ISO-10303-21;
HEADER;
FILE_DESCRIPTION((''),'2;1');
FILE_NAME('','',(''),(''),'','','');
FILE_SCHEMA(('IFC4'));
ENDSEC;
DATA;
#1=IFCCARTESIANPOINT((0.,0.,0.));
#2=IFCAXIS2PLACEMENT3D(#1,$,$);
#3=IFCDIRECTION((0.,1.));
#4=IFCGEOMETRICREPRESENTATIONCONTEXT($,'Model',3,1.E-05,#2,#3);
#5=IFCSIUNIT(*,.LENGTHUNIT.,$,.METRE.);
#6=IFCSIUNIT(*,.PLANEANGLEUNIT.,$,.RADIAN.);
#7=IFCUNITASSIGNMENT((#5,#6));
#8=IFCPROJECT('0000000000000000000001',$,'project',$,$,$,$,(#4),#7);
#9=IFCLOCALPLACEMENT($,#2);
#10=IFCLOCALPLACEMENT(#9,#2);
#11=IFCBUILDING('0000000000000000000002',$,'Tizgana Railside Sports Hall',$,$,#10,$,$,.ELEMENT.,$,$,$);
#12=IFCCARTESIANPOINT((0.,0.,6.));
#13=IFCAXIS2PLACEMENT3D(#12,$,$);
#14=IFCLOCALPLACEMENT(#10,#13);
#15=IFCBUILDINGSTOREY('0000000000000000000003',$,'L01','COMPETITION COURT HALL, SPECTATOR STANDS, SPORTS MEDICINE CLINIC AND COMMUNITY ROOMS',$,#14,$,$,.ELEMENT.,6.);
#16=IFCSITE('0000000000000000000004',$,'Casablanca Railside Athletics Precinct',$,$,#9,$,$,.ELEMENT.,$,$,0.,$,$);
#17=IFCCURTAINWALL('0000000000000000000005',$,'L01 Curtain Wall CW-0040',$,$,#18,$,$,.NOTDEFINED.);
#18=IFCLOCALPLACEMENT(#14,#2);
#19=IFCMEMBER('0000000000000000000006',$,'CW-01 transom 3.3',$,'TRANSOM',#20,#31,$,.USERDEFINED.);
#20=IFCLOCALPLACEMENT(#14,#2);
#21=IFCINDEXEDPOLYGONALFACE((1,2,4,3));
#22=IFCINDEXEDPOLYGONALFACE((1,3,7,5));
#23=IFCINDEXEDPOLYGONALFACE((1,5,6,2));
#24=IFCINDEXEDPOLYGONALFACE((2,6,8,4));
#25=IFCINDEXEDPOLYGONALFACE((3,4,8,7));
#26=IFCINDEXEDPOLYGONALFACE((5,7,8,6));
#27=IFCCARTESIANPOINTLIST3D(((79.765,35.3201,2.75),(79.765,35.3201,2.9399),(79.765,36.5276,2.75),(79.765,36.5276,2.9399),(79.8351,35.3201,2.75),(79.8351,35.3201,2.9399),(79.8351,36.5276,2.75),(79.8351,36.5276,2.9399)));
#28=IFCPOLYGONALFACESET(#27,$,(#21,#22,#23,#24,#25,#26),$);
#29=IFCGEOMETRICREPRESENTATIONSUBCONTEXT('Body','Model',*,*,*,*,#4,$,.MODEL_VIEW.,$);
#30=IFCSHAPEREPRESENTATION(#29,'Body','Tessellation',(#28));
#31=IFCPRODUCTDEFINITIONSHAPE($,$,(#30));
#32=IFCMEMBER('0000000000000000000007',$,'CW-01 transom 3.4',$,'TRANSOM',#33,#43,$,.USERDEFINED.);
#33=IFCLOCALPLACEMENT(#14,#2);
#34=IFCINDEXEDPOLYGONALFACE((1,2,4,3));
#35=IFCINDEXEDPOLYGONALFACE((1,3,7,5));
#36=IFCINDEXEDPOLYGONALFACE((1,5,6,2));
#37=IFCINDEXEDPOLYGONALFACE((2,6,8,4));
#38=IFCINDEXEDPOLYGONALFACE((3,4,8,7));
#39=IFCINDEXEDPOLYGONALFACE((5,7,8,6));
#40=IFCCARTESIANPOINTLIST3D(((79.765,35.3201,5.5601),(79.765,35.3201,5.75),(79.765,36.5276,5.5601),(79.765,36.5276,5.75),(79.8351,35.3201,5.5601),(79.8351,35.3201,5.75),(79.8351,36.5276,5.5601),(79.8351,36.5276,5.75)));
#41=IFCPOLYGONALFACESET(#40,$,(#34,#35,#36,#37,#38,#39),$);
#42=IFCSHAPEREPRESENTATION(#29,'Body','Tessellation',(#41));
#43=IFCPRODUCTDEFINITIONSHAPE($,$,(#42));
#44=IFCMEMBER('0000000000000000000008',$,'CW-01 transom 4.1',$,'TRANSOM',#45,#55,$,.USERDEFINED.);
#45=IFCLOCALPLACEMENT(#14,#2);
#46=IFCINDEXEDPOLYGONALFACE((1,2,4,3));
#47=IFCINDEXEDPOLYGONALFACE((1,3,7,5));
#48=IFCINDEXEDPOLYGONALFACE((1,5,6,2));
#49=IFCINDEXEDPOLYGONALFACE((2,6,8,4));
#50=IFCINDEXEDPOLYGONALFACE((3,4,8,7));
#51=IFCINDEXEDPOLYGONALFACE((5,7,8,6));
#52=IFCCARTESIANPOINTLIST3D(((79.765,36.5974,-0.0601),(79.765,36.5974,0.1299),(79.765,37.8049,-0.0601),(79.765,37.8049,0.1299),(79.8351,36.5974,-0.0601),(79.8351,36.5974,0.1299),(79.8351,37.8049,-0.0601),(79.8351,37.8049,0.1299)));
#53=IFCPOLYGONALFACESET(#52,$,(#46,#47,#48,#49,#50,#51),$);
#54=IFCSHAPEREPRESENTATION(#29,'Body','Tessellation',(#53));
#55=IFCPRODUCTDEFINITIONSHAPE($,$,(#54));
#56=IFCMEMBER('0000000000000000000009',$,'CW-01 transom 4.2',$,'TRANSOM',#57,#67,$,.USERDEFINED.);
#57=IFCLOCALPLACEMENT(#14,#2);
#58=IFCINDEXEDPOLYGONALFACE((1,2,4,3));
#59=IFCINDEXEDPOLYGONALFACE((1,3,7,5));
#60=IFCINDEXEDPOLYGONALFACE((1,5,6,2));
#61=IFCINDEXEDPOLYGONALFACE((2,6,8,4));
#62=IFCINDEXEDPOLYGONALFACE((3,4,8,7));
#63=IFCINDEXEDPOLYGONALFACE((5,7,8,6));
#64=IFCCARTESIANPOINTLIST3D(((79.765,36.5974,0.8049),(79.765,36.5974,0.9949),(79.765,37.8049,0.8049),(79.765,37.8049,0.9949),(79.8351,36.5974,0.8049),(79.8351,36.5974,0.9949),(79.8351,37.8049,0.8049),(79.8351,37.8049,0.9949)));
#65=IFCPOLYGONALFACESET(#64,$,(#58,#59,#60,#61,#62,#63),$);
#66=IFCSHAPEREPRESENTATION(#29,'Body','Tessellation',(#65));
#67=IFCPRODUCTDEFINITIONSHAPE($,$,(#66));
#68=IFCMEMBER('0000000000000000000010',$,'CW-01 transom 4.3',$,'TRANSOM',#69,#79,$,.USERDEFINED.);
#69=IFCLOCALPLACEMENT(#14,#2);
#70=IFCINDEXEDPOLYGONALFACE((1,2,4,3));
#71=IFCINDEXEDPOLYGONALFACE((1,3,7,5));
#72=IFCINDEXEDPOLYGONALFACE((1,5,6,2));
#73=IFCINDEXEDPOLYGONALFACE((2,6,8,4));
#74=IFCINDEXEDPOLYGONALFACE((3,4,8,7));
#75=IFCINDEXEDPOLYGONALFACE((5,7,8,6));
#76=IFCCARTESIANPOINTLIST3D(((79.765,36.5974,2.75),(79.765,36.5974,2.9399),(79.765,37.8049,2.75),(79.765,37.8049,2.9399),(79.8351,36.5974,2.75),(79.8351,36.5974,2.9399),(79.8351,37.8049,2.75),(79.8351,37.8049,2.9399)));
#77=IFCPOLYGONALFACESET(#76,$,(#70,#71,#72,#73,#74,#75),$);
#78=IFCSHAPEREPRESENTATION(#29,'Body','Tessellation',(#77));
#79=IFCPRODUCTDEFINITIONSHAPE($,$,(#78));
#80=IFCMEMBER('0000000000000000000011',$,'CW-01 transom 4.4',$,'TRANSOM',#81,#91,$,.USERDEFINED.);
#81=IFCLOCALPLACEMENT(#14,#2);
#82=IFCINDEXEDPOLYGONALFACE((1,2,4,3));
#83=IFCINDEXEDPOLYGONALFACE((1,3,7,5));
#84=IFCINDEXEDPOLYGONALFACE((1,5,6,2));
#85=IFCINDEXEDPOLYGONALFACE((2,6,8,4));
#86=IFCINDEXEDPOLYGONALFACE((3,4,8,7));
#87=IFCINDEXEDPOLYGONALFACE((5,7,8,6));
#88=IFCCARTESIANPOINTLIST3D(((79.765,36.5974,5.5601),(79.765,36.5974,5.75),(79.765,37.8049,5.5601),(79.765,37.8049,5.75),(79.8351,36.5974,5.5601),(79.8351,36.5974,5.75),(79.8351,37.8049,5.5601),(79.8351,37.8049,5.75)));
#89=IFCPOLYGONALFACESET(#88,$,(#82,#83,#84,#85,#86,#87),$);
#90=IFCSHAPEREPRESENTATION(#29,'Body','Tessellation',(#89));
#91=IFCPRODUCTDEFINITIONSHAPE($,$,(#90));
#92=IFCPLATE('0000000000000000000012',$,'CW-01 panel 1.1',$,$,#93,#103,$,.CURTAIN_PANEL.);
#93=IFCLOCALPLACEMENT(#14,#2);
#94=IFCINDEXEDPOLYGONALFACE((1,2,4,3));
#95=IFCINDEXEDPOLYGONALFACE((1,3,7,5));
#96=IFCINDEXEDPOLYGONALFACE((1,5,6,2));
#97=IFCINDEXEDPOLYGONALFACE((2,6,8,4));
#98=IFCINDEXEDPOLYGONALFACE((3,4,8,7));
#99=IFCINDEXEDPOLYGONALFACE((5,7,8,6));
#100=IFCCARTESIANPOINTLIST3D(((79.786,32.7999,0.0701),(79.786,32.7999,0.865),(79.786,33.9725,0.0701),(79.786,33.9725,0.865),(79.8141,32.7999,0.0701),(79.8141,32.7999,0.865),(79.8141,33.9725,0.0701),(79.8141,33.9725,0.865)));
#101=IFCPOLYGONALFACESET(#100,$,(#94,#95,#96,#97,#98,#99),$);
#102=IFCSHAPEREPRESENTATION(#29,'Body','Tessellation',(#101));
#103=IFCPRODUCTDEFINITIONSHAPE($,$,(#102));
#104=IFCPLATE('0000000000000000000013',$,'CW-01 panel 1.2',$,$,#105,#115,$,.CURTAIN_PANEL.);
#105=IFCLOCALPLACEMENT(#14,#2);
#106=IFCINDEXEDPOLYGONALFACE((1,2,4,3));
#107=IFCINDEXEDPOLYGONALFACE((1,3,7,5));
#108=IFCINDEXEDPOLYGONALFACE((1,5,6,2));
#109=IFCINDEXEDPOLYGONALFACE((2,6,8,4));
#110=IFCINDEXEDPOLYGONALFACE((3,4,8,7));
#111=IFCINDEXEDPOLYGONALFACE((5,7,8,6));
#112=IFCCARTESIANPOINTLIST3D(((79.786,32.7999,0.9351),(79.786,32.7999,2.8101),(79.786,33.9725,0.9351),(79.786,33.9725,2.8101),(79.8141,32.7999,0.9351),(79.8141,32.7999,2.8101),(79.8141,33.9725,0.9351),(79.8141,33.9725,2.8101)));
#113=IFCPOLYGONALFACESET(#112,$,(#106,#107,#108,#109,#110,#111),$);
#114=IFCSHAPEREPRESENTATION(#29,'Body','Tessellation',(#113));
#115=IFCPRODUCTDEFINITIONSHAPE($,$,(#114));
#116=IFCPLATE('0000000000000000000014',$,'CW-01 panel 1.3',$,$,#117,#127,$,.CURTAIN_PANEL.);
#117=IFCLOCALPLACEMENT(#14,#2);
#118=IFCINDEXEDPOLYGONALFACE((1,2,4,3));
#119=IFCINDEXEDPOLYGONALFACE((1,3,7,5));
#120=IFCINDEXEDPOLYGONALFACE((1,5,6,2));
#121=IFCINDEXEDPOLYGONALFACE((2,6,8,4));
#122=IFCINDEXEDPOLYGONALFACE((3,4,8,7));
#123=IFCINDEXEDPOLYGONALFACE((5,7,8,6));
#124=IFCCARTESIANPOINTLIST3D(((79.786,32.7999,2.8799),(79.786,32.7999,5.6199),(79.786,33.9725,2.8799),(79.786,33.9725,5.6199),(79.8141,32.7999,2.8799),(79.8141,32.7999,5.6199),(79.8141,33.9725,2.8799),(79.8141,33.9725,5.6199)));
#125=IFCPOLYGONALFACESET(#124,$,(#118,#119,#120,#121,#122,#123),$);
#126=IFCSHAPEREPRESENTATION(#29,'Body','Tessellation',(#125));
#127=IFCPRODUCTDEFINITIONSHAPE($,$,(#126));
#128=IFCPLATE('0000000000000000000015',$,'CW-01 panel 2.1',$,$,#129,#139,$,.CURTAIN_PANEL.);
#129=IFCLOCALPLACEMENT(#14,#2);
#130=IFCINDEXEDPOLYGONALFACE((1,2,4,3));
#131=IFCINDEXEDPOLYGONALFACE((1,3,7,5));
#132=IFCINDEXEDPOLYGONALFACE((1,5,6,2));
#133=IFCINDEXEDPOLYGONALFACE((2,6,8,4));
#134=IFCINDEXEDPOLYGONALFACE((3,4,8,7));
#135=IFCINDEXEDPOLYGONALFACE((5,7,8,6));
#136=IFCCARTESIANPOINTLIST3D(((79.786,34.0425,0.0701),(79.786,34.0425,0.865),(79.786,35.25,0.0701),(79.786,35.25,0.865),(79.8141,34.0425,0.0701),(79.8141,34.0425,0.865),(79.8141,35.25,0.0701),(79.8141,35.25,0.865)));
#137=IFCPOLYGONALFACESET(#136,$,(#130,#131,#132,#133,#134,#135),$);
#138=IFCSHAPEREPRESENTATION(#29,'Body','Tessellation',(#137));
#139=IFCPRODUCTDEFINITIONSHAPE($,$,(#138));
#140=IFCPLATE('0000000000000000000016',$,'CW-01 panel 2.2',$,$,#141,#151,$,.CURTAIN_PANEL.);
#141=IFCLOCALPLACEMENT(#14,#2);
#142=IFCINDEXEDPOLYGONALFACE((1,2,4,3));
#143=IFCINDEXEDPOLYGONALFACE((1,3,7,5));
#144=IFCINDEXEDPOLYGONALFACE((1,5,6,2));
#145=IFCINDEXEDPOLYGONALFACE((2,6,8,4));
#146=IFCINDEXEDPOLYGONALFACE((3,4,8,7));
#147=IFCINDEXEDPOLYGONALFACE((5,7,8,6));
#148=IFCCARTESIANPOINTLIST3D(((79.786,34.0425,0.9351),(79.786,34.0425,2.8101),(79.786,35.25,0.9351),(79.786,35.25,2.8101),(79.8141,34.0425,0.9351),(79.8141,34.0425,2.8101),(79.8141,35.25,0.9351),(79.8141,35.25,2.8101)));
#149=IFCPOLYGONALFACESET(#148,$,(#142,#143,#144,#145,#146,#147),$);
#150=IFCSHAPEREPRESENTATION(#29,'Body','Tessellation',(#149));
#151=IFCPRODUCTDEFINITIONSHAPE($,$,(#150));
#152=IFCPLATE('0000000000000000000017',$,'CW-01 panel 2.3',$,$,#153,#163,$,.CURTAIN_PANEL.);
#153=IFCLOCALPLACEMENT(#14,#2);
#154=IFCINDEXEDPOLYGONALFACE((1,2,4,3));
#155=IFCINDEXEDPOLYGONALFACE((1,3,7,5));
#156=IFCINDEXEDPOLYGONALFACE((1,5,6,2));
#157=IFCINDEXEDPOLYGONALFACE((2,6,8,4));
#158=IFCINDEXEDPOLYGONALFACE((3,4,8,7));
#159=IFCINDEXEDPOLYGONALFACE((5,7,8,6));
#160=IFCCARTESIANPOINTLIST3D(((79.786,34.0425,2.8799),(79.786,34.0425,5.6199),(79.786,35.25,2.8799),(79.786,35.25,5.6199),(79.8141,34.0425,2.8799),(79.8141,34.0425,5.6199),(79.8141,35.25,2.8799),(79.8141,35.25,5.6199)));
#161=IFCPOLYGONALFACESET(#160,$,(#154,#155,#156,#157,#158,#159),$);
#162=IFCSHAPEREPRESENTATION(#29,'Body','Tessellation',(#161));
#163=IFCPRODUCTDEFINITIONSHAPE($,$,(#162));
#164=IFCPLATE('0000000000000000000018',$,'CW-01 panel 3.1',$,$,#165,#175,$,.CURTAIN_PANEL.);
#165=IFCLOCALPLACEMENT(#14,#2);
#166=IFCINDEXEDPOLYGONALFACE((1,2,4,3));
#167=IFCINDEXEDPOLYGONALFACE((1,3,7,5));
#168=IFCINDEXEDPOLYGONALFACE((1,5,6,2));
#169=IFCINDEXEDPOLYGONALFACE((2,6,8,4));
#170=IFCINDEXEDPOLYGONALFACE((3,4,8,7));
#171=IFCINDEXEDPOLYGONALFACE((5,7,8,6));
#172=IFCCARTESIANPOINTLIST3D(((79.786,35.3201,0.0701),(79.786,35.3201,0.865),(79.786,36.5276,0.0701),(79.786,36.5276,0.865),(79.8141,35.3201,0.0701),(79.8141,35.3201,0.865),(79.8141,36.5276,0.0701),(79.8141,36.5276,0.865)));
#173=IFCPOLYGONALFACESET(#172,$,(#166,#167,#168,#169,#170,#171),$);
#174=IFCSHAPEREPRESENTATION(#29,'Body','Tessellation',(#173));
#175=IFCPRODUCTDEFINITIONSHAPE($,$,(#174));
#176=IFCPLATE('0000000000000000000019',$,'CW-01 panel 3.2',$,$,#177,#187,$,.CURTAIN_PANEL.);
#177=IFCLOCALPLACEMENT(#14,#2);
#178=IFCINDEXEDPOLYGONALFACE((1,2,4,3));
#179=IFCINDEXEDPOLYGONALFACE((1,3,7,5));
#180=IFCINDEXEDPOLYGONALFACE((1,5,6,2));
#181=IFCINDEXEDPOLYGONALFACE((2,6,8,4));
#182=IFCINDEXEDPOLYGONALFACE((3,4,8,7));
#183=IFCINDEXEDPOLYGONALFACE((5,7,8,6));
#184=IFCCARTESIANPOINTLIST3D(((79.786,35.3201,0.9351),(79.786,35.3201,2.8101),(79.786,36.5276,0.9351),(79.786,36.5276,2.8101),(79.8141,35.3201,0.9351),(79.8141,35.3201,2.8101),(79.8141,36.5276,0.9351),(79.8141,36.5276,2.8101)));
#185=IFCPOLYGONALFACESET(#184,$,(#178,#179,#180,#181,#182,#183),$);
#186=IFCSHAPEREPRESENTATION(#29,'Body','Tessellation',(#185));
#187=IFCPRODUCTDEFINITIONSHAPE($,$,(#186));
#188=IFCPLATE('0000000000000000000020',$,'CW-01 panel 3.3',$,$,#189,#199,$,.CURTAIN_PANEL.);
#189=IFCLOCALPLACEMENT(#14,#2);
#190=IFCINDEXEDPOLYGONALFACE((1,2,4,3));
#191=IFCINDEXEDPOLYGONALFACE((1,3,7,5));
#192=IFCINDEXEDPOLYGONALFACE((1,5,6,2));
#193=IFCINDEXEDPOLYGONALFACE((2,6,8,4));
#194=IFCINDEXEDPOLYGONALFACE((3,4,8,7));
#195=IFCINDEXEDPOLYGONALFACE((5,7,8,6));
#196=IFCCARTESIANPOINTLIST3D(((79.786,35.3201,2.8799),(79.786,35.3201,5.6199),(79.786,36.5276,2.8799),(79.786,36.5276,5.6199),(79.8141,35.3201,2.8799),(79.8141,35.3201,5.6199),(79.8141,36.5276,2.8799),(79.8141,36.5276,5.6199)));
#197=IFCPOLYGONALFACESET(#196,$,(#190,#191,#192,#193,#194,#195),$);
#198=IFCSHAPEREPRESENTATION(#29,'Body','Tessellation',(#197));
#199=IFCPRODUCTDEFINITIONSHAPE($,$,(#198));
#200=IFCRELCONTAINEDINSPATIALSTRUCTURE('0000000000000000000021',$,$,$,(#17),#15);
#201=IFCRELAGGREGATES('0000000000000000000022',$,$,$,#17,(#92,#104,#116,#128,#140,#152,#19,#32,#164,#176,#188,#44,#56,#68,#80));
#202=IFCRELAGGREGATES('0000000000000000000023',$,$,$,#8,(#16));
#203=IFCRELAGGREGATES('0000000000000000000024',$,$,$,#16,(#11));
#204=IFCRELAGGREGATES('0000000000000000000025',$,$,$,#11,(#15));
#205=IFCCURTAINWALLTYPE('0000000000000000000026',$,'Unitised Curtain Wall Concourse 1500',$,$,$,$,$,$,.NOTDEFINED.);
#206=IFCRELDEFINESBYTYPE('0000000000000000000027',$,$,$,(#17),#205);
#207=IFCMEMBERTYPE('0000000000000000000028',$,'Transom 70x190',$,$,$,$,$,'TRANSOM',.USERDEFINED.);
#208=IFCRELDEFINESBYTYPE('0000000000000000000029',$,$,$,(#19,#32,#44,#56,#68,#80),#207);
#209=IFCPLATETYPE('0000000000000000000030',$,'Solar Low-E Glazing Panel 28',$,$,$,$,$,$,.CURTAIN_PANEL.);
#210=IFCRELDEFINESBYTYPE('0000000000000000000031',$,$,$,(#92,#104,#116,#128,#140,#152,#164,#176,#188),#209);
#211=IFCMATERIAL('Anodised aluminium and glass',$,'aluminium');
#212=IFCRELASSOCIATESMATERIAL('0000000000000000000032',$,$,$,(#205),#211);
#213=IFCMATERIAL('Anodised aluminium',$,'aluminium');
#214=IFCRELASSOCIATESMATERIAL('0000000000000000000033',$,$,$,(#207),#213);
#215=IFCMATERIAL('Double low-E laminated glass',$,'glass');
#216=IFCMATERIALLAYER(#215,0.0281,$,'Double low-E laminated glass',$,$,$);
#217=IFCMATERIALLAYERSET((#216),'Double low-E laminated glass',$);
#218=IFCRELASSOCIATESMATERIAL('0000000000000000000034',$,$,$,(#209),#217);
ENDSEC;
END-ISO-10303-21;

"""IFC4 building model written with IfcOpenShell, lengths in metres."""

from ifc_helpers import new_model, si_unit, direction, frame, origin, origin_2d, place, context, subcontext, project, spatial, rectangle, extrude, material, layer, layer_set, material_profile, profile_set, type_object, element, aggregate, save


model = new_model("IFC4")

# Units and contexts
model_context = context("Model", 3, precision=1e-05, world=origin(), true_north=direction((0.0, 1.0)))
body_context = subcontext(model_context, "Body", "Model", "MODEL_VIEW")
ifc_project = project(units=[si_unit("LENGTHUNIT", "METRE"), si_unit("PLANEANGLEUNIT", "RADIAN")], contexts=[model_context])

# Site, building, storey
site_placement = place(None, origin())
site = spatial("IfcSite", under=ifc_project, at=site_placement, Name="Casablanca Railside Athletics Precinct", CompositionType="ELEMENT", RefElevation=0.0)
building_placement = place(site_placement, origin())
building = spatial("IfcBuilding", under=site, at=building_placement, Name="Tizgana Railside Sports Hall", CompositionType="ELEMENT")
storey_placement = place(building_placement, frame((0.0, 0.0, 6.0)))
storey = spatial("IfcBuildingStorey", under=building, at=storey_placement, Name="L01", Description="COMPETITION COURT HALL, SPECTATOR STANDS, SPORTS MEDICINE CLINIC AND COMMUNITY ROOMS", CompositionType="ELEMENT", Elevation=6.0)

# Curtain wall, members, plates
ifc_material_1 = material(Name="Anodised aluminium and glass", Category="aluminium")
curtain_wall_type = type_object("IfcCurtainWallType", Name="Unitised Curtain Wall Concourse 1500", PredefinedType="NOTDEFINED", material=ifc_material_1)
curtain_wall_placement = place(storey_placement, origin())
curtain_wall = element("IfcCurtainWall", 1, at=curtain_wall_placement, inside=storey, type_object=curtain_wall_type, Name="L01 Curtain Wall CW-0040", PredefinedType="NOTDEFINED")
ifc_material_2 = material(Name="Anodised aluminium", Category="aluminium")
ifc_material_profile_1 = material_profile(ifc_material_2, rectangle(XDim=0.0701, YDim=0.1899, at=origin_2d()), Name="Transom 70x190")
ifc_profile_set_1 = profile_set([ifc_material_profile_1], Name="Anodised aluminium")
member_type_1 = type_object("IfcMemberType", Name="Transom 70x190", ElementType="TRANSOM", PredefinedType="USERDEFINED", material=ifc_profile_set_1)
member_1_placement = place(storey_placement, frame((79.8, 35.3201, 2.845), z_axis=(0.0, 1.0, 0.0), x_axis=(-1.0, 0.0, 0.0)))
member_1 = element("IfcMember", 2, at=member_1_placement, type_object=member_type_1, Name="CW-01 transom 3.3", ObjectType="TRANSOM", PredefinedType="USERDEFINED", context=body_context, shape_type="SweptSolid", body=[
    extrude(rectangle(XDim=0.0701, YDim=0.1899, at=origin_2d()), origin(), (0.0, 0.0, 1.0), 1.2075),
])
member_2_placement = place(storey_placement, frame((79.8, 35.3201, 5.655), z_axis=(0.0, 1.0, 0.0), x_axis=(-1.0, 0.0, 0.0)))
member_2 = element("IfcMember", 3, at=member_2_placement, type_object=member_type_1, Name="CW-01 transom 3.4", ObjectType="TRANSOM", PredefinedType="USERDEFINED", context=body_context, shape_type="SweptSolid", body=[
    extrude(rectangle(XDim=0.0701, YDim=0.1899, at=origin_2d()), origin(), (0.0, 0.0, 1.0), 1.2075),
])
member_3_placement = place(storey_placement, frame((79.8, 36.5974, 0.0349), z_axis=(0.0, 1.0, 0.0), x_axis=(-1.0, 0.0, 0.0)))
member_3 = element("IfcMember", 4, at=member_3_placement, type_object=member_type_1, Name="CW-01 transom 4.1", ObjectType="TRANSOM", PredefinedType="USERDEFINED", context=body_context, shape_type="SweptSolid", body=[
    extrude(rectangle(XDim=0.0701, YDim=0.1899, at=origin_2d()), origin(), (0.0, 0.0, 1.0), 1.2075),
])
member_4_placement = place(storey_placement, frame((79.8, 36.5974, 0.8999), z_axis=(0.0, 1.0, 0.0), x_axis=(-1.0, 0.0, 0.0)))
member_4 = element("IfcMember", 5, at=member_4_placement, type_object=member_type_1, Name="CW-01 transom 4.2", ObjectType="TRANSOM", PredefinedType="USERDEFINED", context=body_context, shape_type="SweptSolid", body=[
    extrude(rectangle(XDim=0.0701, YDim=0.1899, at=origin_2d()), origin(), (0.0, 0.0, 1.0), 1.2075),
])
member_5_placement = place(storey_placement, frame((79.8, 36.5974, 2.845), z_axis=(0.0, 1.0, 0.0), x_axis=(-1.0, 0.0, 0.0)))
member_5 = element("IfcMember", 6, at=member_5_placement, type_object=member_type_1, Name="CW-01 transom 4.3", ObjectType="TRANSOM", PredefinedType="USERDEFINED", context=body_context, shape_type="SweptSolid", body=[
    extrude(rectangle(XDim=0.0701, YDim=0.1899, at=origin_2d()), origin(), (0.0, 0.0, 1.0), 1.2075),
])
member_6_placement = place(storey_placement, frame((79.8, 36.5974, 5.655), z_axis=(0.0, 1.0, 0.0), x_axis=(-1.0, 0.0, 0.0)))
member_6 = element("IfcMember", 7, at=member_6_placement, type_object=member_type_1, Name="CW-01 transom 4.4", ObjectType="TRANSOM", PredefinedType="USERDEFINED", context=body_context, shape_type="SweptSolid", body=[
    extrude(rectangle(XDim=0.0701, YDim=0.1899, at=origin_2d()), origin(), (0.0, 0.0, 1.0), 1.2075),
])
ifc_material_3 = material(Name="Double low-E laminated glass", Category="glass")
ifc_layer_1 = layer(ifc_material_3, 0.0281, Name="Double low-E laminated glass")
ifc_layer_set_1 = layer_set([ifc_layer_1], Name="Double low-E laminated glass")
plate_type = type_object("IfcPlateType", Name="Solar Low-E Glazing Panel 28", PredefinedType="CURTAIN_PANEL", material=ifc_layer_set_1)
plate_1_placement = place(storey_placement, frame((79.8, 33.3862, 0.0701), z_axis=(0.0, 0.0, 1.0), x_axis=(0.0, 1.0, 0.0)))
plate_1 = element("IfcPlate", 8, at=plate_1_placement, type_object=plate_type, Name="CW-01 panel 1.1", PredefinedType="CURTAIN_PANEL", context=body_context, shape_type="SweptSolid", body=[
    extrude(rectangle(XDim=1.1726, YDim=0.0281, at=origin_2d()), origin(), (0.0, 0.0, 1.0), 0.7949),
])
plate_2_placement = place(storey_placement, frame((79.8, 33.3862, 0.9351), z_axis=(0.0, 0.0, 1.0), x_axis=(0.0, 1.0, 0.0)))
plate_2 = element("IfcPlate", 9, at=plate_2_placement, type_object=plate_type, Name="CW-01 panel 1.2", PredefinedType="CURTAIN_PANEL", context=body_context, shape_type="SweptSolid", body=[
    extrude(rectangle(XDim=1.1726, YDim=0.0281, at=origin_2d()), origin(), (0.0, 0.0, 1.0), 1.875),
])
plate_3_placement = place(storey_placement, frame((79.8, 33.3862, 2.8799), z_axis=(0.0, 0.0, 1.0), x_axis=(0.0, 1.0, 0.0)))
plate_3 = element("IfcPlate", 10, at=plate_3_placement, type_object=plate_type, Name="CW-01 panel 1.3", PredefinedType="CURTAIN_PANEL", context=body_context, shape_type="SweptSolid", body=[
    extrude(rectangle(XDim=1.1726, YDim=0.0281, at=origin_2d()), origin(), (0.0, 0.0, 1.0), 2.74),
])
plate_4_placement = place(storey_placement, frame((79.8, 34.6462, 0.0701), z_axis=(0.0, 0.0, 1.0), x_axis=(0.0, 1.0, 0.0)))
plate_4 = element("IfcPlate", 11, at=plate_4_placement, type_object=plate_type, Name="CW-01 panel 2.1", PredefinedType="CURTAIN_PANEL", context=body_context, shape_type="SweptSolid", body=[
    extrude(rectangle(XDim=1.2075, YDim=0.0281, at=origin_2d()), origin(), (0.0, 0.0, 1.0), 0.7949),
])
plate_5_placement = place(storey_placement, frame((79.8, 34.6462, 0.9351), z_axis=(0.0, 0.0, 1.0), x_axis=(0.0, 1.0, 0.0)))
plate_5 = element("IfcPlate", 12, at=plate_5_placement, type_object=plate_type, Name="CW-01 panel 2.2", PredefinedType="CURTAIN_PANEL", context=body_context, shape_type="SweptSolid", body=[
    extrude(rectangle(XDim=1.2075, YDim=0.0281, at=origin_2d()), origin(), (0.0, 0.0, 1.0), 1.875),
])
plate_6_placement = place(storey_placement, frame((79.8, 34.6462, 2.8799), z_axis=(0.0, 0.0, 1.0), x_axis=(0.0, 1.0, 0.0)))
plate_6 = element("IfcPlate", 13, at=plate_6_placement, type_object=plate_type, Name="CW-01 panel 2.3", PredefinedType="CURTAIN_PANEL", context=body_context, shape_type="SweptSolid", body=[
    extrude(rectangle(XDim=1.2075, YDim=0.0281, at=origin_2d()), origin(), (0.0, 0.0, 1.0), 2.74),
])
plate_7_placement = place(storey_placement, frame((79.8, 35.9238, 0.0701), z_axis=(0.0, 0.0, 1.0), x_axis=(0.0, 1.0, 0.0)))
plate_7 = element("IfcPlate", 14, at=plate_7_placement, type_object=plate_type, Name="CW-01 panel 3.1", PredefinedType="CURTAIN_PANEL", context=body_context, shape_type="SweptSolid", body=[
    extrude(rectangle(XDim=1.2075, YDim=0.0281, at=origin_2d()), origin(), (0.0, 0.0, 1.0), 0.7949),
])
plate_8_placement = place(storey_placement, frame((79.8, 35.9238, 0.9351), z_axis=(0.0, 0.0, 1.0), x_axis=(0.0, 1.0, 0.0)))
plate_8 = element("IfcPlate", 15, at=plate_8_placement, type_object=plate_type, Name="CW-01 panel 3.2", PredefinedType="CURTAIN_PANEL", context=body_context, shape_type="SweptSolid", body=[
    extrude(rectangle(XDim=1.2075, YDim=0.0281, at=origin_2d()), origin(), (0.0, 0.0, 1.0), 1.875),
])
plate_9_placement = place(storey_placement, frame((79.8, 35.9238, 2.8799), z_axis=(0.0, 0.0, 1.0), x_axis=(0.0, 1.0, 0.0)))
plate_9 = element("IfcPlate", 16, at=plate_9_placement, type_object=plate_type, Name="CW-01 panel 3.3", PredefinedType="CURTAIN_PANEL", context=body_context, shape_type="SweptSolid", body=[
    extrude(rectangle(XDim=1.2075, YDim=0.0281, at=origin_2d()), origin(), (0.0, 0.0, 1.0), 2.74),
])
aggregate(curtain_wall, [plate_1, plate_2, plate_3, plate_4, plate_5, plate_6, member_1, member_2, plate_7, plate_8, plate_9, member_3, member_4, member_5, member_6])

save(model, "model.ifc")
